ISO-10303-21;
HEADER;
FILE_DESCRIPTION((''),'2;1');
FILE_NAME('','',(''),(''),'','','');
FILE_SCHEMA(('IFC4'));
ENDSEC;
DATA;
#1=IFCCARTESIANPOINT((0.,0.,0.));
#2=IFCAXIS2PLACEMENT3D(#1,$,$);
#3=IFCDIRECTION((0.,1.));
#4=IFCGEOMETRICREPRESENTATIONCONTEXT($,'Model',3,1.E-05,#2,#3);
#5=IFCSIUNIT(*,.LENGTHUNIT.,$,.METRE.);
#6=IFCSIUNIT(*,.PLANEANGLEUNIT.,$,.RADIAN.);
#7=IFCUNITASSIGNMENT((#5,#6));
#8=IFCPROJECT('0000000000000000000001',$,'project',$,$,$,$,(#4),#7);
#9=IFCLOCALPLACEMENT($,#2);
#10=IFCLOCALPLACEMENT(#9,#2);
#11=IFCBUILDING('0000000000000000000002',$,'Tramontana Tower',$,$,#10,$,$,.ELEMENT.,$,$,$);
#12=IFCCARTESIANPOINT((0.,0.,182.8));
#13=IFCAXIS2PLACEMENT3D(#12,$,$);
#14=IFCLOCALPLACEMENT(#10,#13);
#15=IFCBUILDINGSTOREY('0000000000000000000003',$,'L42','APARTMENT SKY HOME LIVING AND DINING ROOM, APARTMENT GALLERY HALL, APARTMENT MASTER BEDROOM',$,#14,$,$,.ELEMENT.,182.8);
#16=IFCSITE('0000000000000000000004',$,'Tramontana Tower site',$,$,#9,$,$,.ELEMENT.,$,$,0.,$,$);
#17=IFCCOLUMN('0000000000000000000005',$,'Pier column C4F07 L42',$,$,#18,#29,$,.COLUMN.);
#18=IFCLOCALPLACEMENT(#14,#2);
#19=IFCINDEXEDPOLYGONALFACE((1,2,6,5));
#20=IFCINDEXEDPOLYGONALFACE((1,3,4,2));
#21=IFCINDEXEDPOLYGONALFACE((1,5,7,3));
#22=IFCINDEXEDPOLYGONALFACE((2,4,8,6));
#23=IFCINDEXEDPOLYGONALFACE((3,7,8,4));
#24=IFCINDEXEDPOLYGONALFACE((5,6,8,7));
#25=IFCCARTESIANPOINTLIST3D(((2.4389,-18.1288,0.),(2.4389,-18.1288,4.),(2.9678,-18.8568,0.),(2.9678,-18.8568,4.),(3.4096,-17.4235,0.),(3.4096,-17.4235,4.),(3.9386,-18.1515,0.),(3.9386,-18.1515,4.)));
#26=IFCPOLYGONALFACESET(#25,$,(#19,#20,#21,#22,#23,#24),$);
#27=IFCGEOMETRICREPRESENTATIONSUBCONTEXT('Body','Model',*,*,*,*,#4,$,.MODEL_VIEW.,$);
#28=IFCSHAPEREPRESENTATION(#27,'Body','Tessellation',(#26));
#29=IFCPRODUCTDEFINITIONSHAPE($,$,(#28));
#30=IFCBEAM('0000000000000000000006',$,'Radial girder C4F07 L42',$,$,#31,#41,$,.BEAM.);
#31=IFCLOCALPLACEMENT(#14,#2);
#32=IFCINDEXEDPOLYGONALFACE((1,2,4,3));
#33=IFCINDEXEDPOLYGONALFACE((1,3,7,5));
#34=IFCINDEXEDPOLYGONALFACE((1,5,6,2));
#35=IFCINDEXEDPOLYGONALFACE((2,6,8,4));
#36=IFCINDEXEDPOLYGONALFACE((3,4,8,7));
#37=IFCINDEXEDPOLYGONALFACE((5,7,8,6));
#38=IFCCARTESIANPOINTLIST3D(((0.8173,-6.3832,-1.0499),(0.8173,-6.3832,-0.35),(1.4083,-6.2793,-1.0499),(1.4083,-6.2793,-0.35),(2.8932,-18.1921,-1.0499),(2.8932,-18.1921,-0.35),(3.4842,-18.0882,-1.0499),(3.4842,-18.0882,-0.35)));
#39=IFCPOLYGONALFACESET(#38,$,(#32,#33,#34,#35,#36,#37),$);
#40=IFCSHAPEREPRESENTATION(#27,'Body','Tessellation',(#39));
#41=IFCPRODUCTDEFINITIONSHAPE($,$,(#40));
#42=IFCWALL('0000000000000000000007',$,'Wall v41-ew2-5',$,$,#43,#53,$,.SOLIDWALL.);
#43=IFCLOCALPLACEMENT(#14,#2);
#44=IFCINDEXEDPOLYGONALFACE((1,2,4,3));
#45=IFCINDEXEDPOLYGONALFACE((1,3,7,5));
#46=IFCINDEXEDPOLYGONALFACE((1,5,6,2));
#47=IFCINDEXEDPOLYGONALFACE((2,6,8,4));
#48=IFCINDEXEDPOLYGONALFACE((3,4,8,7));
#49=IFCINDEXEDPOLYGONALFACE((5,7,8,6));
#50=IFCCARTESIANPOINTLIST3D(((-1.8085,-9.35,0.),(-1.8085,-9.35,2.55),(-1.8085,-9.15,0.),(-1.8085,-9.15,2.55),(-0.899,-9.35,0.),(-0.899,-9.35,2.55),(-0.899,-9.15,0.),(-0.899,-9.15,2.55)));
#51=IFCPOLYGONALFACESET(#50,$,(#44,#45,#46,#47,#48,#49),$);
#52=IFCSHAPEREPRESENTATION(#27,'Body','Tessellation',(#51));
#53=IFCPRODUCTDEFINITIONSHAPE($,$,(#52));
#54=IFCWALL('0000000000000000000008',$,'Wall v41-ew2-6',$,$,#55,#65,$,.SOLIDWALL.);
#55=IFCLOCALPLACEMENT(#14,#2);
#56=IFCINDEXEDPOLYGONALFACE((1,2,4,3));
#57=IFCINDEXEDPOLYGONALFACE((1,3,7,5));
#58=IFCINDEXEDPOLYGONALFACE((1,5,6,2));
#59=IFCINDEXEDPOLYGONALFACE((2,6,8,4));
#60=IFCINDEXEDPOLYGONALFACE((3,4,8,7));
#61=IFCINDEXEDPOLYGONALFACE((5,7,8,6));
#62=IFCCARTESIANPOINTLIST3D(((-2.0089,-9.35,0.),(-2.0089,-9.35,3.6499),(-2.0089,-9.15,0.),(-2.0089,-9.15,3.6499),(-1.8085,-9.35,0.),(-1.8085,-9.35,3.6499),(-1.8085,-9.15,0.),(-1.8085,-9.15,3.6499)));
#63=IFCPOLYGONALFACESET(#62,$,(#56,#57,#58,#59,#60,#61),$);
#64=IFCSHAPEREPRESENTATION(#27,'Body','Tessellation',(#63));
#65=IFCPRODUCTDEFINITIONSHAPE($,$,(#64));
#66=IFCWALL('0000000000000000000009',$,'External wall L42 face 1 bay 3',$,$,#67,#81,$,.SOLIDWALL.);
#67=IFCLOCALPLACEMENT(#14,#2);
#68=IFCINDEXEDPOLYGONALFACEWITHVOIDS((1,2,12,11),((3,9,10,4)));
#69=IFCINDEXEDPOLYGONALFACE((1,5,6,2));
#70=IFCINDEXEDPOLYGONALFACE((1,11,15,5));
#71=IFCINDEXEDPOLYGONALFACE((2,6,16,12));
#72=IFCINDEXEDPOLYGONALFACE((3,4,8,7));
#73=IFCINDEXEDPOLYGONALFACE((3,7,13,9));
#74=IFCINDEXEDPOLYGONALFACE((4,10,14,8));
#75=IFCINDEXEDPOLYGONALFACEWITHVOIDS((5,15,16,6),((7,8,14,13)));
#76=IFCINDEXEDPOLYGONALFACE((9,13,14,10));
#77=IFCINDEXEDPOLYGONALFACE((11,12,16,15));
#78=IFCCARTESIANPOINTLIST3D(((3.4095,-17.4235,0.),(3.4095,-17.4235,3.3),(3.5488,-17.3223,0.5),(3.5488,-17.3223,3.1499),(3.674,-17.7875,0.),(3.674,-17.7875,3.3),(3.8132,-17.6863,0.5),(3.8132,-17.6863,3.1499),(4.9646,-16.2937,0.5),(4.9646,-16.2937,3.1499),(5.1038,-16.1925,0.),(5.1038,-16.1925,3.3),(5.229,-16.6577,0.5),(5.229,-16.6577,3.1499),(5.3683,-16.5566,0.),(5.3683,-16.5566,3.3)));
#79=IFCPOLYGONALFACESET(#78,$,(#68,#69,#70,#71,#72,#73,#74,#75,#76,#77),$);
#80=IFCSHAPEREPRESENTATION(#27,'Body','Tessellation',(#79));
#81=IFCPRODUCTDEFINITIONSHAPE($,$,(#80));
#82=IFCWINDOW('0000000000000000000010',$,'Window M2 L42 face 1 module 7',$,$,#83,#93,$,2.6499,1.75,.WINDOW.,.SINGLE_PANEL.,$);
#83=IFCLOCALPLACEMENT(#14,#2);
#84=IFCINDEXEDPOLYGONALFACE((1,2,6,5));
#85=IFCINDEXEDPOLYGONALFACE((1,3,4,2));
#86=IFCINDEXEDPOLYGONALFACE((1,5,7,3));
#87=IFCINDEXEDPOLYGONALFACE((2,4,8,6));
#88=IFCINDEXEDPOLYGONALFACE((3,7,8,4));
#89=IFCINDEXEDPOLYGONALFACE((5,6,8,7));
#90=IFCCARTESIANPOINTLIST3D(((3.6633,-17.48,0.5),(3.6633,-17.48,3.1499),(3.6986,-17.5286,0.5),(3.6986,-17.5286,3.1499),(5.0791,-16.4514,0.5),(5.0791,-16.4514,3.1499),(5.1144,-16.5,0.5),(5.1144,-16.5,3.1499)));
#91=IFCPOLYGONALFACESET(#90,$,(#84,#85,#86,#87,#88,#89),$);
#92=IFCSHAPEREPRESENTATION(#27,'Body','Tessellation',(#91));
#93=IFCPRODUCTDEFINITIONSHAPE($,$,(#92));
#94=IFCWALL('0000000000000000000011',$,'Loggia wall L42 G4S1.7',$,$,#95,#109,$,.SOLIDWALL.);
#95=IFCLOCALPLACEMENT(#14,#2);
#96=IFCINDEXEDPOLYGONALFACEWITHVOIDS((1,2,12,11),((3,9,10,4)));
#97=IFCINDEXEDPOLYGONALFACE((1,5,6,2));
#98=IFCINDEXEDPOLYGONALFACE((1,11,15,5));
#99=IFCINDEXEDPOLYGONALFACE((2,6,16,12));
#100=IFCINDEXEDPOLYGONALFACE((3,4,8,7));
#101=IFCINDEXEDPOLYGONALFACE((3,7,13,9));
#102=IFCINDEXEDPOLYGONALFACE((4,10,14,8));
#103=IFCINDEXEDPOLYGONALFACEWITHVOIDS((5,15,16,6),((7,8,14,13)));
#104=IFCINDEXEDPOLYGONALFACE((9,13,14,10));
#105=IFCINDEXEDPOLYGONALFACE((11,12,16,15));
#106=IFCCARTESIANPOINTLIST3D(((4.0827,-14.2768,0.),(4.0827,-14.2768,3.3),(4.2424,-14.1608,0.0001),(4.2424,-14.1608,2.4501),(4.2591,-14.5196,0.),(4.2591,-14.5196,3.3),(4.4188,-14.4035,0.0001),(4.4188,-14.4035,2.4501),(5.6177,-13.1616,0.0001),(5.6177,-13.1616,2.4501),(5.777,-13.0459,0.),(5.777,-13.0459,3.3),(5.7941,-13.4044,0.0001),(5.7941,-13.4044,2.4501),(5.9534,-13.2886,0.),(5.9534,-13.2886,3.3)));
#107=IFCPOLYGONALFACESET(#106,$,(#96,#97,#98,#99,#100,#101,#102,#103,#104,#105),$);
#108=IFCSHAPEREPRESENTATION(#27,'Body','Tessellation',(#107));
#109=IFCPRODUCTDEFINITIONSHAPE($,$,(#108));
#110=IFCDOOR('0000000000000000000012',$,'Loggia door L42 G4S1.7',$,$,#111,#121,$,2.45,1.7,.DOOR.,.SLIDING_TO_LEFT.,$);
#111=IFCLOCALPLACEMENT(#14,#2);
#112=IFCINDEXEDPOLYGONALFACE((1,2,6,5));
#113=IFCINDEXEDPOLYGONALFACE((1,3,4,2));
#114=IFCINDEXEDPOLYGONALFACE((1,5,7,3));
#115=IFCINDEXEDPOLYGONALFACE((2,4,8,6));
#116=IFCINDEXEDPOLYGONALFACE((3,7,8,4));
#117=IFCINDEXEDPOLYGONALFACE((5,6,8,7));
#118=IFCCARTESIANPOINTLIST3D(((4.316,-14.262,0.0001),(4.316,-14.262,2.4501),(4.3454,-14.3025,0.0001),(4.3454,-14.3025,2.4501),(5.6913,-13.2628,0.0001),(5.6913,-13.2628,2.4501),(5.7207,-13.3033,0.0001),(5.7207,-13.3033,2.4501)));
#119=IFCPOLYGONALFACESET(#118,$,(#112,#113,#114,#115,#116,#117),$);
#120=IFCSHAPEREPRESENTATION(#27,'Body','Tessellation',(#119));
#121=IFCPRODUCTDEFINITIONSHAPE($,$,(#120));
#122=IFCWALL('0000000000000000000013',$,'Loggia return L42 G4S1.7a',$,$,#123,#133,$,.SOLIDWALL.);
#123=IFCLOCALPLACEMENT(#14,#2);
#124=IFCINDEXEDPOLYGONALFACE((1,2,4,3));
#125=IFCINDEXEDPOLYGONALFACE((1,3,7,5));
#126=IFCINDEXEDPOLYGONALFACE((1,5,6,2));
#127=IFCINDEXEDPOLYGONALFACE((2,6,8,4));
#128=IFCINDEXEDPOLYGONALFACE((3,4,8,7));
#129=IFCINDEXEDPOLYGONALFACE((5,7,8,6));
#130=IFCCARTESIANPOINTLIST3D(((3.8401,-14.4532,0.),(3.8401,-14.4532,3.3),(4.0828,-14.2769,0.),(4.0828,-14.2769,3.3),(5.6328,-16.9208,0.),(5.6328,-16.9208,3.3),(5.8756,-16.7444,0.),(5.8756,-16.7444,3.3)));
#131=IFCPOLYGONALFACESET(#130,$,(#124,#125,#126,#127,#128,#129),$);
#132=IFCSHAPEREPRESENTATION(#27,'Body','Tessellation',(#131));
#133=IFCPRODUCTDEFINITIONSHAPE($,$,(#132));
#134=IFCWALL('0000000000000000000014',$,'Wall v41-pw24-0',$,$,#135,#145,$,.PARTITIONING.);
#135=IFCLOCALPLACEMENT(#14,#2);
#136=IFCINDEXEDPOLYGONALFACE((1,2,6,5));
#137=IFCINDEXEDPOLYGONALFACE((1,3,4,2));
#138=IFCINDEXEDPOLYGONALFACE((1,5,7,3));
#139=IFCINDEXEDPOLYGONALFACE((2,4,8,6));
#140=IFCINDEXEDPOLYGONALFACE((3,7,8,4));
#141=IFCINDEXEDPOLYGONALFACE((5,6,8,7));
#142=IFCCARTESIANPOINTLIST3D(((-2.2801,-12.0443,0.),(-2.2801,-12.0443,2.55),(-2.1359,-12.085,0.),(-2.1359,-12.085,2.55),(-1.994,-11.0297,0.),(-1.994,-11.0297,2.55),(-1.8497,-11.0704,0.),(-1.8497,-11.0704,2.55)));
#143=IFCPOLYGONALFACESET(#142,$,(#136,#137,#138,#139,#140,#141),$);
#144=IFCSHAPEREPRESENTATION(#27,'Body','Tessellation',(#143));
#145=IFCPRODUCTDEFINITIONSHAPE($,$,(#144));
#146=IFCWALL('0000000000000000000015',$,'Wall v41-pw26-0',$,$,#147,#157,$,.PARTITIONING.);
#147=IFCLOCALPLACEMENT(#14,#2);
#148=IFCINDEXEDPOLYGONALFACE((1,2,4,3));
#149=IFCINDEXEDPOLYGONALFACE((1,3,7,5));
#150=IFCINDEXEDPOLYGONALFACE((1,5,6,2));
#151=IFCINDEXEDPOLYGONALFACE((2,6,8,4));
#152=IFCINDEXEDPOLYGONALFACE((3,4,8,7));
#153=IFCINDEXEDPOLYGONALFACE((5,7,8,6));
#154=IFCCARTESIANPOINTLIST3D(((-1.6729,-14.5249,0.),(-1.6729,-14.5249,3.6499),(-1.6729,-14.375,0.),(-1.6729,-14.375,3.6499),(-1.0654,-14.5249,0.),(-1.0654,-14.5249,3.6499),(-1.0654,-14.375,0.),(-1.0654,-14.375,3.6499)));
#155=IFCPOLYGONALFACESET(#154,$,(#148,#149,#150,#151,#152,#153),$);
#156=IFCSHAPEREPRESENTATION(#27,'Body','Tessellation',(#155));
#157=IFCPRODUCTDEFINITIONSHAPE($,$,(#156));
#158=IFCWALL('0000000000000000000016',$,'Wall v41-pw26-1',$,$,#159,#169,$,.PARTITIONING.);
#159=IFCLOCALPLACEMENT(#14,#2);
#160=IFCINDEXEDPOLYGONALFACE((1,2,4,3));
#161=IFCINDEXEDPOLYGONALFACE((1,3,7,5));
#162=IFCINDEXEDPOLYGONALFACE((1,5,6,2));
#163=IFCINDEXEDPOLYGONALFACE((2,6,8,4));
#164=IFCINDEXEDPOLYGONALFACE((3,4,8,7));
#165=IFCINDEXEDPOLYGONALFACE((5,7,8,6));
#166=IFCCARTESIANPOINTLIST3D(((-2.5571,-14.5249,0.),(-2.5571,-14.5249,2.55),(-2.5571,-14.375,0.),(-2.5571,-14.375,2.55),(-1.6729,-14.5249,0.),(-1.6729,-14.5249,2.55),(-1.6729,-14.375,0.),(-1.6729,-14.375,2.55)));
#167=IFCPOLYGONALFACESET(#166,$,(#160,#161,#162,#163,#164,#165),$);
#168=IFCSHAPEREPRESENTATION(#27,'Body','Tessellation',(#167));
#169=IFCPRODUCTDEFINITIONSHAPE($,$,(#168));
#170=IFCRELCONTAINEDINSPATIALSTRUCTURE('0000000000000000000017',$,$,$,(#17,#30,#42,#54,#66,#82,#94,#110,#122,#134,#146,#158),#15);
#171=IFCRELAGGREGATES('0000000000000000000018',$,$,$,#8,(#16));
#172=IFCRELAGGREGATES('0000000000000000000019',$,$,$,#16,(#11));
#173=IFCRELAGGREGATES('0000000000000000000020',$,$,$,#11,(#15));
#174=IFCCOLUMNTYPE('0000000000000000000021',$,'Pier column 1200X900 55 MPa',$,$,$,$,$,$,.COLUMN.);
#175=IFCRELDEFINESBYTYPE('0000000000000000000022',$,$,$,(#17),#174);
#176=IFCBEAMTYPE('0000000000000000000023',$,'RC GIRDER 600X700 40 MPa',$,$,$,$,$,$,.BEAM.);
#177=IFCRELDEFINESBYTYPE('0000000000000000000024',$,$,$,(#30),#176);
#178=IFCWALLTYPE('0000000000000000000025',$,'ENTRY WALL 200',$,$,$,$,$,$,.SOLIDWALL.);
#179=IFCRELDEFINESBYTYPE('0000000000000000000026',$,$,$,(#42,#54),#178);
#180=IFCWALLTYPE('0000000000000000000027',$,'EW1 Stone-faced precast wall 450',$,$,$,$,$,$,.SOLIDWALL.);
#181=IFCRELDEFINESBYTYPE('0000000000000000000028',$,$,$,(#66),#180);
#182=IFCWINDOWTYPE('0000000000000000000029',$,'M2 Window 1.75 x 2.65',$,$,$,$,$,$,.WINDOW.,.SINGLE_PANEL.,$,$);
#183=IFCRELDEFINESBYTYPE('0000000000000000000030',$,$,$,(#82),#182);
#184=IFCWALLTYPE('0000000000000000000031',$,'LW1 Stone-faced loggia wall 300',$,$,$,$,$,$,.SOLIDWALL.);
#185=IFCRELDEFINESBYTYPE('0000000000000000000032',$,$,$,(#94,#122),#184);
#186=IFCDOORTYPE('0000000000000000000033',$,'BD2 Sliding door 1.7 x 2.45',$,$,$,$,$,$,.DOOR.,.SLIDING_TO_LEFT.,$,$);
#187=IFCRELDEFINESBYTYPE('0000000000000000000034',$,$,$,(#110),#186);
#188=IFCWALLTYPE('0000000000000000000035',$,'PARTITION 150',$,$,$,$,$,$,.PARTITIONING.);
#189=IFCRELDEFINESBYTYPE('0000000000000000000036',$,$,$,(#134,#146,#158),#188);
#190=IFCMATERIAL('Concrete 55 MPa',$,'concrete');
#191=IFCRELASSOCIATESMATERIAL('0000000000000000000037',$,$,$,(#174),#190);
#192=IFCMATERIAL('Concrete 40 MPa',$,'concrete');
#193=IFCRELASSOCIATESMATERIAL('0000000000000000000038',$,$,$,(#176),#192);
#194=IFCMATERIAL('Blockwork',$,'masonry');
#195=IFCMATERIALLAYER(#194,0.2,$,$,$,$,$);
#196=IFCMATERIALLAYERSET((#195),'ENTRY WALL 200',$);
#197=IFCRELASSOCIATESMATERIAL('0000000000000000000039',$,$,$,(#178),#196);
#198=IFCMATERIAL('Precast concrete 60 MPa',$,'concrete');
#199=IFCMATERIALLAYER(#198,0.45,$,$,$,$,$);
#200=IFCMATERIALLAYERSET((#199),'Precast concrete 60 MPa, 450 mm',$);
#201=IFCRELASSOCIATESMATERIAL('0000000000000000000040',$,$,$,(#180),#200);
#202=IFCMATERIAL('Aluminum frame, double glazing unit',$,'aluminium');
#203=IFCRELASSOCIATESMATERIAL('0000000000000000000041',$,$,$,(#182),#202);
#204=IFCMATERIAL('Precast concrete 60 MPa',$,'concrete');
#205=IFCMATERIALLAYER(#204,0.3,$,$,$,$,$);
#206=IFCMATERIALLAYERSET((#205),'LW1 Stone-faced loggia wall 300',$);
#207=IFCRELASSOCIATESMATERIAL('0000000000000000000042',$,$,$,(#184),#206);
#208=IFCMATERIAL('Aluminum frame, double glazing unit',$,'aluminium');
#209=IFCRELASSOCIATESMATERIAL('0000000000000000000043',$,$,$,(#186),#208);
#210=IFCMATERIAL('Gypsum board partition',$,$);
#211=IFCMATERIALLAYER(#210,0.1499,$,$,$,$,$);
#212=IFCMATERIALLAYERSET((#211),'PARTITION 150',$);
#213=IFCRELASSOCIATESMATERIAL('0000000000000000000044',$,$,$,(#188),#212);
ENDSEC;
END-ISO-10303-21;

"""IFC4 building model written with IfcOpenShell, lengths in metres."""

from ifc_helpers import new_model, si_unit, direction, frame, frame_2d, origin, origin_2d, place, context, subcontext, project, spatial, rectangle, extrude, material, layer, layer_set, material_profile, profile_set, type_object, element, fill, save


model = new_model("IFC4")

# Units and contexts
model_context = context("Model", 3, precision=1e-05, world=origin(), true_north=direction((0.0, 1.0)))
body_context = subcontext(model_context, "Body", "Model", "MODEL_VIEW")
ifc_project = project(units=[si_unit("LENGTHUNIT", "METRE"), si_unit("PLANEANGLEUNIT", "RADIAN")], contexts=[model_context])

# Site, building, storey
site_placement = place(None, origin())
site = spatial("IfcSite", under=ifc_project, at=site_placement, Name="Tramontana Tower site", CompositionType="ELEMENT", RefElevation=0.0)
building_placement = place(site_placement, origin())
building = spatial("IfcBuilding", under=site, at=building_placement, Name="Tramontana Tower", CompositionType="ELEMENT")
storey_placement = place(building_placement, frame((0.0, 0.0, 182.8)))
storey = spatial("IfcBuildingStorey", under=building, at=storey_placement, Name="L42", Description="APARTMENT SKY HOME LIVING AND DINING ROOM, APARTMENT GALLERY HALL, APARTMENT MASTER BEDROOM", CompositionType="ELEMENT", Elevation=182.8)

# Column
ifc_material_1 = material(Name="Concrete 55 MPa", Category="concrete")
ifc_material_profile_1 = material_profile(ifc_material_1, rectangle(XDim=1.2, YDim=0.8999, at=origin_2d()), Name="Pier column 1200X900 55 MPa")
ifc_profile_set_1 = profile_set([ifc_material_profile_1], Name="Concrete 55 MPa")
column_type = type_object("IfcColumnType", Name="Pier column 1200X900 55 MPa", PredefinedType="COLUMN", material=ifc_profile_set_1)
column_placement = place(storey_placement, frame((3.1887, -18.1401, 0.0), z_axis=(0.0, 0.0, 1.0), x_axis=(0.809017, 0.587785, 0.0)))
element("IfcColumn", 1, at=column_placement, inside=storey, type_object=column_type, Name="Pier column C4F07 L42", PredefinedType="COLUMN", context=body_context, shape_type="SweptSolid", body=[
    extrude(rectangle(XDim=1.2, YDim=0.8999, at=origin_2d()), origin(), (0.0, 0.0, 1.0), 4.0),
])

# Beam
ifc_material_2 = material(Name="Concrete 40 MPa", Category="concrete")
ifc_material_profile_2 = material_profile(ifc_material_2, rectangle(XDim=0.6001, YDim=0.7, at=origin_2d()), Name="RC GIRDER 600X700 40 MPa")
ifc_profile_set_2 = profile_set([ifc_material_profile_2], Name="Concrete 40 MPa")
beam_type = type_object("IfcBeamType", Name="RC GIRDER 600X700 40 MPa", PredefinedType="BEAM", material=ifc_profile_set_2)
beam_placement = place(storey_placement, frame((3.1887, -18.1401, -0.7), z_axis=(-0.173139, 0.984897, 0.0), x_axis=(-0.984897, -0.173139, 0.0)))
element("IfcBeam", 2, at=beam_placement, inside=storey, type_object=beam_type, Name="Radial girder C4F07 L42", PredefinedType="BEAM", context=body_context, shape_type="SweptSolid", body=[
    extrude(rectangle(XDim=0.6001, YDim=0.7, at=origin_2d()), origin(), (0.0, 0.0, 1.0), 11.99),
])

# Walls
ifc_material_3 = material(Name="Blockwork", Category="masonry")
ifc_layer_1 = layer(ifc_material_3, 0.2)
ifc_layer_set_1 = layer_set([ifc_layer_1], Name="ENTRY WALL 200")
wall_type_1 = type_object("IfcWallType", Name="ENTRY WALL 200", PredefinedType="SOLIDWALL", material=ifc_layer_set_1)
wall_1_placement = place(storey_placement, frame((-0.8992, -9.25, 0.0), z_axis=(0.0, 0.0, 1.0), x_axis=(-1.0, 0.0, 0.0)))
element("IfcWall", 3, at=wall_1_placement, inside=storey, type_object=wall_type_1, Name="Wall v41-ew2-5", PredefinedType="SOLIDWALL", context=body_context, shape_type="SweptSolid", body=[
    extrude(rectangle(XDim=0.9094, YDim=0.2, at=frame_2d((0.4546, 0.0))), origin(), (0.0, 0.0, 1.0), 2.55),
])
wall_2_placement = place(storey_placement, frame((-1.8086, -9.25, 0.0), z_axis=(0.0, 0.0, 1.0), x_axis=(-1.0, 0.0, 0.0)))
element("IfcWall", 4, at=wall_2_placement, inside=storey, type_object=wall_type_1, Name="Wall v41-ew2-6", PredefinedType="SOLIDWALL", context=body_context, shape_type="SweptSolid", body=[
    extrude(rectangle(XDim=0.2004, YDim=0.2, at=frame_2d((0.1001, 0.0))), origin(), (0.0, 0.0, 1.0), 3.6499),
])

# Wall, opening, window
ifc_material_4 = material(Name="Precast concrete 60 MPa", Category="concrete")
ifc_layer_2 = layer(ifc_material_4, 0.45)
ifc_layer_set_2 = layer_set([ifc_layer_2], Name="Precast concrete 60 MPa, 450 mm")
wall_type_2 = type_object("IfcWallType", Name="EW1 Stone-faced precast wall 450", PredefinedType="SOLIDWALL", material=ifc_layer_set_2)
wall_3_placement = place(storey_placement, frame((3.5417, -17.6055, 0.0), z_axis=(0.0, 0.0, 1.0), x_axis=(0.809028, 0.58777, 0.0)))
wall_3 = element("IfcWall", 5, at=wall_3_placement, inside=storey, type_object=wall_type_2, Name="External wall L42 face 1 bay 3", PredefinedType="SOLIDWALL", context=body_context, shape_type="SweptSolid", body=[
    extrude(rectangle(XDim=2.0942, YDim=0.45, at=frame_2d((1.0471, 0.0))), origin(), (0.0, 0.0, 1.0), 3.3),
])
opening_1_placement = place(wall_3_placement, frame((0.1721, 0.0, 0.5)))
opening_1 = element("IfcOpeningElement", 6, at=opening_1_placement, cuts=wall_3, PredefinedType="OPENING", context=body_context, shape_type="SweptSolid", body=[
    extrude(rectangle(XDim=1.75, YDim=2.6499, at=frame_2d((0.875, 1.325))), frame((0.0, 0.2349, 0.0), z_axis=(0.0, -1.0, 0.0), x_axis=(1.0, 0.0, 0.0)), (0.0, 0.0, 1.0), 0.47),
])
ifc_material_5 = material(Name="Aluminum frame, double glazing unit", Category="aluminium")
window_type = type_object("IfcWindowType", Name="M2 Window 1.75 x 2.65", PartitioningType="SINGLE_PANEL", PredefinedType="WINDOW", material=ifc_material_5)
window_placement = place(opening_1_placement, origin())
window = element("IfcWindow", 7, at=window_placement, inside=storey, type_object=window_type, Name="Window M2 L42 face 1 module 7", OverallHeight=2.6499, OverallWidth=1.75, PartitioningType="SINGLE_PANEL", PredefinedType="WINDOW", context=body_context, shape_type="SweptSolid", body=[
    extrude(rectangle(XDim=1.75, YDim=2.6499, at=frame_2d((0.875, 1.325))), frame((0.0, 0.03, 0.0), z_axis=(0.0, -1.0, 0.0), x_axis=(1.0, 0.0, 0.0)), (0.0, 0.0, 1.0), 0.0601),
])
fill(opening_1, window)

# Wall, opening, door
ifc_material_6 = material(Name="Precast concrete 60 MPa", Category="concrete")
ifc_layer_3 = layer(ifc_material_6, 0.3)
ifc_layer_set_3 = layer_set([ifc_layer_3], Name="LW1 Stone-faced loggia wall 300")
wall_type_3 = type_object("IfcWallType", Name="LW1 Stone-faced loggia wall 300", PredefinedType="SOLIDWALL", material=ifc_layer_set_3)
wall_4_placement = place(storey_placement, frame((4.1709, -14.3982, 0.0), z_axis=(0.0, 0.0, 1.0), x_axis=(0.809028, 0.58777, 0.0)))
wall_4 = element("IfcWall", 8, at=wall_4_placement, inside=storey, type_object=wall_type_3, Name="Loggia wall L42 G4S1.7", PredefinedType="SOLIDWALL", context=body_context, shape_type="SweptSolid", body=[
    extrude(rectangle(XDim=2.0942, YDim=0.3, at=frame_2d((1.0471, 0.0))), origin(), (0.0, 0.0, 1.0), 3.3),
])
opening_2_placement = place(wall_4_placement, frame((0.1973, 0.0, 0.0)))
opening_2 = element("IfcOpeningElement", 9, at=opening_2_placement, cuts=wall_4, PredefinedType="OPENING", context=body_context, shape_type="SweptSolid", body=[
    extrude(rectangle(XDim=1.7, YDim=2.45, at=frame_2d((0.8501, 1.2251))), frame((0.0, 0.1599, 0.0), z_axis=(0.0, -1.0, 0.0), x_axis=(1.0, 0.0, 0.0)), (0.0, 0.0, 1.0), 0.3201),
])
ifc_material_7 = material(Name="Aluminum frame, double glazing unit", Category="aluminium")
door_type_1 = type_object("IfcDoorType", Name="BD2 Sliding door 1.7 x 2.45", OperationType="SLIDING_TO_LEFT", PredefinedType="DOOR", material=ifc_material_7)
door_1_placement = place(opening_2_placement, origin())
door_1 = element("IfcDoor", 10, at=door_1_placement, inside=storey, type_object=door_type_1, Name="Loggia door L42 G4S1.7", OperationType="SLIDING_TO_LEFT", OverallHeight=2.45, OverallWidth=1.7, PredefinedType="DOOR", context=body_context, shape_type="SweptSolid", body=[
    extrude(rectangle(XDim=1.7, YDim=2.45, at=frame_2d((0.8501, 1.2251))), frame((0.0, 0.0249, 0.0), z_axis=(0.0, -1.0, 0.0), x_axis=(1.0, 0.0, 0.0)), (0.0, 0.0, 1.0), 0.05),
])
fill(opening_2, door_1)

# Walls
wall_5_placement = place(storey_placement, frame((5.7542, -16.8325, 0.0), z_axis=(0.0, 0.0, 1.0), x_axis=(-0.587777, 0.809023, 0.0)))
element("IfcWall", 11, at=wall_5_placement, inside=storey, type_object=wall_type_3, Name="Loggia return L42 G4S1.7a", PredefinedType="SOLIDWALL", context=body_context, shape_type="SweptSolid", body=[
    extrude(rectangle(XDim=3.05, YDim=0.3, at=frame_2d((1.5249, 0.0))), origin(), (0.0, 0.0, 1.0), 3.3),
])
ifc_material_8 = material(Name="Gypsum board partition")
ifc_layer_4 = layer(ifc_material_8, 0.1499)
ifc_layer_set_4 = layer_set([ifc_layer_4], Name="PARTITION 150")
wall_type_4 = type_object("IfcWallType", Name="PARTITION 150", PredefinedType="PARTITIONING", material=ifc_layer_set_4)
wall_6_placement = place(storey_placement, frame((-1.9219, -11.05, 0.0), z_axis=(0.0, 0.0, 1.0), x_axis=(-0.271416, -0.962462, 0.0)))
element("IfcWall", 12, at=wall_6_placement, inside=storey, type_object=wall_type_4, Name="Wall v41-pw24-0", PredefinedType="PARTITIONING", context=body_context, shape_type="SweptSolid", body=[
    extrude(rectangle(XDim=1.0542, YDim=0.1499, at=frame_2d((0.5271, 0.0))), origin(), (0.0, 0.0, 1.0), 2.55),
])
wall_7_placement = place(storey_placement, frame((-1.0654, -14.45, 0.0), z_axis=(0.0, 0.0, 1.0), x_axis=(-1.0, 0.0, 0.0)))
element("IfcWall", 13, at=wall_7_placement, inside=storey, type_object=wall_type_4, Name="Wall v41-pw26-0", PredefinedType="PARTITIONING", context=body_context, shape_type="SweptSolid", body=[
    extrude(rectangle(XDim=0.6074, YDim=0.1499, at=frame_2d((0.3037, 0.0))), origin(), (0.0, 0.0, 1.0), 3.6499),
])
wall_8_placement = place(storey_placement, frame((-1.6729, -14.45, 0.0), z_axis=(0.0, 0.0, 1.0), x_axis=(-1.0, 0.0, 0.0)))
element("IfcWall", 14, at=wall_8_placement, inside=storey, type_object=wall_type_4, Name="Wall v41-pw26-1", PredefinedType="PARTITIONING", context=body_context, shape_type="SweptSolid", body=[
    extrude(rectangle(XDim=0.8843, YDim=0.1499, at=frame_2d((0.4421, 0.0))), origin(), (0.0, 0.0, 1.0), 2.55),
])

save(model, "model.ifc")
